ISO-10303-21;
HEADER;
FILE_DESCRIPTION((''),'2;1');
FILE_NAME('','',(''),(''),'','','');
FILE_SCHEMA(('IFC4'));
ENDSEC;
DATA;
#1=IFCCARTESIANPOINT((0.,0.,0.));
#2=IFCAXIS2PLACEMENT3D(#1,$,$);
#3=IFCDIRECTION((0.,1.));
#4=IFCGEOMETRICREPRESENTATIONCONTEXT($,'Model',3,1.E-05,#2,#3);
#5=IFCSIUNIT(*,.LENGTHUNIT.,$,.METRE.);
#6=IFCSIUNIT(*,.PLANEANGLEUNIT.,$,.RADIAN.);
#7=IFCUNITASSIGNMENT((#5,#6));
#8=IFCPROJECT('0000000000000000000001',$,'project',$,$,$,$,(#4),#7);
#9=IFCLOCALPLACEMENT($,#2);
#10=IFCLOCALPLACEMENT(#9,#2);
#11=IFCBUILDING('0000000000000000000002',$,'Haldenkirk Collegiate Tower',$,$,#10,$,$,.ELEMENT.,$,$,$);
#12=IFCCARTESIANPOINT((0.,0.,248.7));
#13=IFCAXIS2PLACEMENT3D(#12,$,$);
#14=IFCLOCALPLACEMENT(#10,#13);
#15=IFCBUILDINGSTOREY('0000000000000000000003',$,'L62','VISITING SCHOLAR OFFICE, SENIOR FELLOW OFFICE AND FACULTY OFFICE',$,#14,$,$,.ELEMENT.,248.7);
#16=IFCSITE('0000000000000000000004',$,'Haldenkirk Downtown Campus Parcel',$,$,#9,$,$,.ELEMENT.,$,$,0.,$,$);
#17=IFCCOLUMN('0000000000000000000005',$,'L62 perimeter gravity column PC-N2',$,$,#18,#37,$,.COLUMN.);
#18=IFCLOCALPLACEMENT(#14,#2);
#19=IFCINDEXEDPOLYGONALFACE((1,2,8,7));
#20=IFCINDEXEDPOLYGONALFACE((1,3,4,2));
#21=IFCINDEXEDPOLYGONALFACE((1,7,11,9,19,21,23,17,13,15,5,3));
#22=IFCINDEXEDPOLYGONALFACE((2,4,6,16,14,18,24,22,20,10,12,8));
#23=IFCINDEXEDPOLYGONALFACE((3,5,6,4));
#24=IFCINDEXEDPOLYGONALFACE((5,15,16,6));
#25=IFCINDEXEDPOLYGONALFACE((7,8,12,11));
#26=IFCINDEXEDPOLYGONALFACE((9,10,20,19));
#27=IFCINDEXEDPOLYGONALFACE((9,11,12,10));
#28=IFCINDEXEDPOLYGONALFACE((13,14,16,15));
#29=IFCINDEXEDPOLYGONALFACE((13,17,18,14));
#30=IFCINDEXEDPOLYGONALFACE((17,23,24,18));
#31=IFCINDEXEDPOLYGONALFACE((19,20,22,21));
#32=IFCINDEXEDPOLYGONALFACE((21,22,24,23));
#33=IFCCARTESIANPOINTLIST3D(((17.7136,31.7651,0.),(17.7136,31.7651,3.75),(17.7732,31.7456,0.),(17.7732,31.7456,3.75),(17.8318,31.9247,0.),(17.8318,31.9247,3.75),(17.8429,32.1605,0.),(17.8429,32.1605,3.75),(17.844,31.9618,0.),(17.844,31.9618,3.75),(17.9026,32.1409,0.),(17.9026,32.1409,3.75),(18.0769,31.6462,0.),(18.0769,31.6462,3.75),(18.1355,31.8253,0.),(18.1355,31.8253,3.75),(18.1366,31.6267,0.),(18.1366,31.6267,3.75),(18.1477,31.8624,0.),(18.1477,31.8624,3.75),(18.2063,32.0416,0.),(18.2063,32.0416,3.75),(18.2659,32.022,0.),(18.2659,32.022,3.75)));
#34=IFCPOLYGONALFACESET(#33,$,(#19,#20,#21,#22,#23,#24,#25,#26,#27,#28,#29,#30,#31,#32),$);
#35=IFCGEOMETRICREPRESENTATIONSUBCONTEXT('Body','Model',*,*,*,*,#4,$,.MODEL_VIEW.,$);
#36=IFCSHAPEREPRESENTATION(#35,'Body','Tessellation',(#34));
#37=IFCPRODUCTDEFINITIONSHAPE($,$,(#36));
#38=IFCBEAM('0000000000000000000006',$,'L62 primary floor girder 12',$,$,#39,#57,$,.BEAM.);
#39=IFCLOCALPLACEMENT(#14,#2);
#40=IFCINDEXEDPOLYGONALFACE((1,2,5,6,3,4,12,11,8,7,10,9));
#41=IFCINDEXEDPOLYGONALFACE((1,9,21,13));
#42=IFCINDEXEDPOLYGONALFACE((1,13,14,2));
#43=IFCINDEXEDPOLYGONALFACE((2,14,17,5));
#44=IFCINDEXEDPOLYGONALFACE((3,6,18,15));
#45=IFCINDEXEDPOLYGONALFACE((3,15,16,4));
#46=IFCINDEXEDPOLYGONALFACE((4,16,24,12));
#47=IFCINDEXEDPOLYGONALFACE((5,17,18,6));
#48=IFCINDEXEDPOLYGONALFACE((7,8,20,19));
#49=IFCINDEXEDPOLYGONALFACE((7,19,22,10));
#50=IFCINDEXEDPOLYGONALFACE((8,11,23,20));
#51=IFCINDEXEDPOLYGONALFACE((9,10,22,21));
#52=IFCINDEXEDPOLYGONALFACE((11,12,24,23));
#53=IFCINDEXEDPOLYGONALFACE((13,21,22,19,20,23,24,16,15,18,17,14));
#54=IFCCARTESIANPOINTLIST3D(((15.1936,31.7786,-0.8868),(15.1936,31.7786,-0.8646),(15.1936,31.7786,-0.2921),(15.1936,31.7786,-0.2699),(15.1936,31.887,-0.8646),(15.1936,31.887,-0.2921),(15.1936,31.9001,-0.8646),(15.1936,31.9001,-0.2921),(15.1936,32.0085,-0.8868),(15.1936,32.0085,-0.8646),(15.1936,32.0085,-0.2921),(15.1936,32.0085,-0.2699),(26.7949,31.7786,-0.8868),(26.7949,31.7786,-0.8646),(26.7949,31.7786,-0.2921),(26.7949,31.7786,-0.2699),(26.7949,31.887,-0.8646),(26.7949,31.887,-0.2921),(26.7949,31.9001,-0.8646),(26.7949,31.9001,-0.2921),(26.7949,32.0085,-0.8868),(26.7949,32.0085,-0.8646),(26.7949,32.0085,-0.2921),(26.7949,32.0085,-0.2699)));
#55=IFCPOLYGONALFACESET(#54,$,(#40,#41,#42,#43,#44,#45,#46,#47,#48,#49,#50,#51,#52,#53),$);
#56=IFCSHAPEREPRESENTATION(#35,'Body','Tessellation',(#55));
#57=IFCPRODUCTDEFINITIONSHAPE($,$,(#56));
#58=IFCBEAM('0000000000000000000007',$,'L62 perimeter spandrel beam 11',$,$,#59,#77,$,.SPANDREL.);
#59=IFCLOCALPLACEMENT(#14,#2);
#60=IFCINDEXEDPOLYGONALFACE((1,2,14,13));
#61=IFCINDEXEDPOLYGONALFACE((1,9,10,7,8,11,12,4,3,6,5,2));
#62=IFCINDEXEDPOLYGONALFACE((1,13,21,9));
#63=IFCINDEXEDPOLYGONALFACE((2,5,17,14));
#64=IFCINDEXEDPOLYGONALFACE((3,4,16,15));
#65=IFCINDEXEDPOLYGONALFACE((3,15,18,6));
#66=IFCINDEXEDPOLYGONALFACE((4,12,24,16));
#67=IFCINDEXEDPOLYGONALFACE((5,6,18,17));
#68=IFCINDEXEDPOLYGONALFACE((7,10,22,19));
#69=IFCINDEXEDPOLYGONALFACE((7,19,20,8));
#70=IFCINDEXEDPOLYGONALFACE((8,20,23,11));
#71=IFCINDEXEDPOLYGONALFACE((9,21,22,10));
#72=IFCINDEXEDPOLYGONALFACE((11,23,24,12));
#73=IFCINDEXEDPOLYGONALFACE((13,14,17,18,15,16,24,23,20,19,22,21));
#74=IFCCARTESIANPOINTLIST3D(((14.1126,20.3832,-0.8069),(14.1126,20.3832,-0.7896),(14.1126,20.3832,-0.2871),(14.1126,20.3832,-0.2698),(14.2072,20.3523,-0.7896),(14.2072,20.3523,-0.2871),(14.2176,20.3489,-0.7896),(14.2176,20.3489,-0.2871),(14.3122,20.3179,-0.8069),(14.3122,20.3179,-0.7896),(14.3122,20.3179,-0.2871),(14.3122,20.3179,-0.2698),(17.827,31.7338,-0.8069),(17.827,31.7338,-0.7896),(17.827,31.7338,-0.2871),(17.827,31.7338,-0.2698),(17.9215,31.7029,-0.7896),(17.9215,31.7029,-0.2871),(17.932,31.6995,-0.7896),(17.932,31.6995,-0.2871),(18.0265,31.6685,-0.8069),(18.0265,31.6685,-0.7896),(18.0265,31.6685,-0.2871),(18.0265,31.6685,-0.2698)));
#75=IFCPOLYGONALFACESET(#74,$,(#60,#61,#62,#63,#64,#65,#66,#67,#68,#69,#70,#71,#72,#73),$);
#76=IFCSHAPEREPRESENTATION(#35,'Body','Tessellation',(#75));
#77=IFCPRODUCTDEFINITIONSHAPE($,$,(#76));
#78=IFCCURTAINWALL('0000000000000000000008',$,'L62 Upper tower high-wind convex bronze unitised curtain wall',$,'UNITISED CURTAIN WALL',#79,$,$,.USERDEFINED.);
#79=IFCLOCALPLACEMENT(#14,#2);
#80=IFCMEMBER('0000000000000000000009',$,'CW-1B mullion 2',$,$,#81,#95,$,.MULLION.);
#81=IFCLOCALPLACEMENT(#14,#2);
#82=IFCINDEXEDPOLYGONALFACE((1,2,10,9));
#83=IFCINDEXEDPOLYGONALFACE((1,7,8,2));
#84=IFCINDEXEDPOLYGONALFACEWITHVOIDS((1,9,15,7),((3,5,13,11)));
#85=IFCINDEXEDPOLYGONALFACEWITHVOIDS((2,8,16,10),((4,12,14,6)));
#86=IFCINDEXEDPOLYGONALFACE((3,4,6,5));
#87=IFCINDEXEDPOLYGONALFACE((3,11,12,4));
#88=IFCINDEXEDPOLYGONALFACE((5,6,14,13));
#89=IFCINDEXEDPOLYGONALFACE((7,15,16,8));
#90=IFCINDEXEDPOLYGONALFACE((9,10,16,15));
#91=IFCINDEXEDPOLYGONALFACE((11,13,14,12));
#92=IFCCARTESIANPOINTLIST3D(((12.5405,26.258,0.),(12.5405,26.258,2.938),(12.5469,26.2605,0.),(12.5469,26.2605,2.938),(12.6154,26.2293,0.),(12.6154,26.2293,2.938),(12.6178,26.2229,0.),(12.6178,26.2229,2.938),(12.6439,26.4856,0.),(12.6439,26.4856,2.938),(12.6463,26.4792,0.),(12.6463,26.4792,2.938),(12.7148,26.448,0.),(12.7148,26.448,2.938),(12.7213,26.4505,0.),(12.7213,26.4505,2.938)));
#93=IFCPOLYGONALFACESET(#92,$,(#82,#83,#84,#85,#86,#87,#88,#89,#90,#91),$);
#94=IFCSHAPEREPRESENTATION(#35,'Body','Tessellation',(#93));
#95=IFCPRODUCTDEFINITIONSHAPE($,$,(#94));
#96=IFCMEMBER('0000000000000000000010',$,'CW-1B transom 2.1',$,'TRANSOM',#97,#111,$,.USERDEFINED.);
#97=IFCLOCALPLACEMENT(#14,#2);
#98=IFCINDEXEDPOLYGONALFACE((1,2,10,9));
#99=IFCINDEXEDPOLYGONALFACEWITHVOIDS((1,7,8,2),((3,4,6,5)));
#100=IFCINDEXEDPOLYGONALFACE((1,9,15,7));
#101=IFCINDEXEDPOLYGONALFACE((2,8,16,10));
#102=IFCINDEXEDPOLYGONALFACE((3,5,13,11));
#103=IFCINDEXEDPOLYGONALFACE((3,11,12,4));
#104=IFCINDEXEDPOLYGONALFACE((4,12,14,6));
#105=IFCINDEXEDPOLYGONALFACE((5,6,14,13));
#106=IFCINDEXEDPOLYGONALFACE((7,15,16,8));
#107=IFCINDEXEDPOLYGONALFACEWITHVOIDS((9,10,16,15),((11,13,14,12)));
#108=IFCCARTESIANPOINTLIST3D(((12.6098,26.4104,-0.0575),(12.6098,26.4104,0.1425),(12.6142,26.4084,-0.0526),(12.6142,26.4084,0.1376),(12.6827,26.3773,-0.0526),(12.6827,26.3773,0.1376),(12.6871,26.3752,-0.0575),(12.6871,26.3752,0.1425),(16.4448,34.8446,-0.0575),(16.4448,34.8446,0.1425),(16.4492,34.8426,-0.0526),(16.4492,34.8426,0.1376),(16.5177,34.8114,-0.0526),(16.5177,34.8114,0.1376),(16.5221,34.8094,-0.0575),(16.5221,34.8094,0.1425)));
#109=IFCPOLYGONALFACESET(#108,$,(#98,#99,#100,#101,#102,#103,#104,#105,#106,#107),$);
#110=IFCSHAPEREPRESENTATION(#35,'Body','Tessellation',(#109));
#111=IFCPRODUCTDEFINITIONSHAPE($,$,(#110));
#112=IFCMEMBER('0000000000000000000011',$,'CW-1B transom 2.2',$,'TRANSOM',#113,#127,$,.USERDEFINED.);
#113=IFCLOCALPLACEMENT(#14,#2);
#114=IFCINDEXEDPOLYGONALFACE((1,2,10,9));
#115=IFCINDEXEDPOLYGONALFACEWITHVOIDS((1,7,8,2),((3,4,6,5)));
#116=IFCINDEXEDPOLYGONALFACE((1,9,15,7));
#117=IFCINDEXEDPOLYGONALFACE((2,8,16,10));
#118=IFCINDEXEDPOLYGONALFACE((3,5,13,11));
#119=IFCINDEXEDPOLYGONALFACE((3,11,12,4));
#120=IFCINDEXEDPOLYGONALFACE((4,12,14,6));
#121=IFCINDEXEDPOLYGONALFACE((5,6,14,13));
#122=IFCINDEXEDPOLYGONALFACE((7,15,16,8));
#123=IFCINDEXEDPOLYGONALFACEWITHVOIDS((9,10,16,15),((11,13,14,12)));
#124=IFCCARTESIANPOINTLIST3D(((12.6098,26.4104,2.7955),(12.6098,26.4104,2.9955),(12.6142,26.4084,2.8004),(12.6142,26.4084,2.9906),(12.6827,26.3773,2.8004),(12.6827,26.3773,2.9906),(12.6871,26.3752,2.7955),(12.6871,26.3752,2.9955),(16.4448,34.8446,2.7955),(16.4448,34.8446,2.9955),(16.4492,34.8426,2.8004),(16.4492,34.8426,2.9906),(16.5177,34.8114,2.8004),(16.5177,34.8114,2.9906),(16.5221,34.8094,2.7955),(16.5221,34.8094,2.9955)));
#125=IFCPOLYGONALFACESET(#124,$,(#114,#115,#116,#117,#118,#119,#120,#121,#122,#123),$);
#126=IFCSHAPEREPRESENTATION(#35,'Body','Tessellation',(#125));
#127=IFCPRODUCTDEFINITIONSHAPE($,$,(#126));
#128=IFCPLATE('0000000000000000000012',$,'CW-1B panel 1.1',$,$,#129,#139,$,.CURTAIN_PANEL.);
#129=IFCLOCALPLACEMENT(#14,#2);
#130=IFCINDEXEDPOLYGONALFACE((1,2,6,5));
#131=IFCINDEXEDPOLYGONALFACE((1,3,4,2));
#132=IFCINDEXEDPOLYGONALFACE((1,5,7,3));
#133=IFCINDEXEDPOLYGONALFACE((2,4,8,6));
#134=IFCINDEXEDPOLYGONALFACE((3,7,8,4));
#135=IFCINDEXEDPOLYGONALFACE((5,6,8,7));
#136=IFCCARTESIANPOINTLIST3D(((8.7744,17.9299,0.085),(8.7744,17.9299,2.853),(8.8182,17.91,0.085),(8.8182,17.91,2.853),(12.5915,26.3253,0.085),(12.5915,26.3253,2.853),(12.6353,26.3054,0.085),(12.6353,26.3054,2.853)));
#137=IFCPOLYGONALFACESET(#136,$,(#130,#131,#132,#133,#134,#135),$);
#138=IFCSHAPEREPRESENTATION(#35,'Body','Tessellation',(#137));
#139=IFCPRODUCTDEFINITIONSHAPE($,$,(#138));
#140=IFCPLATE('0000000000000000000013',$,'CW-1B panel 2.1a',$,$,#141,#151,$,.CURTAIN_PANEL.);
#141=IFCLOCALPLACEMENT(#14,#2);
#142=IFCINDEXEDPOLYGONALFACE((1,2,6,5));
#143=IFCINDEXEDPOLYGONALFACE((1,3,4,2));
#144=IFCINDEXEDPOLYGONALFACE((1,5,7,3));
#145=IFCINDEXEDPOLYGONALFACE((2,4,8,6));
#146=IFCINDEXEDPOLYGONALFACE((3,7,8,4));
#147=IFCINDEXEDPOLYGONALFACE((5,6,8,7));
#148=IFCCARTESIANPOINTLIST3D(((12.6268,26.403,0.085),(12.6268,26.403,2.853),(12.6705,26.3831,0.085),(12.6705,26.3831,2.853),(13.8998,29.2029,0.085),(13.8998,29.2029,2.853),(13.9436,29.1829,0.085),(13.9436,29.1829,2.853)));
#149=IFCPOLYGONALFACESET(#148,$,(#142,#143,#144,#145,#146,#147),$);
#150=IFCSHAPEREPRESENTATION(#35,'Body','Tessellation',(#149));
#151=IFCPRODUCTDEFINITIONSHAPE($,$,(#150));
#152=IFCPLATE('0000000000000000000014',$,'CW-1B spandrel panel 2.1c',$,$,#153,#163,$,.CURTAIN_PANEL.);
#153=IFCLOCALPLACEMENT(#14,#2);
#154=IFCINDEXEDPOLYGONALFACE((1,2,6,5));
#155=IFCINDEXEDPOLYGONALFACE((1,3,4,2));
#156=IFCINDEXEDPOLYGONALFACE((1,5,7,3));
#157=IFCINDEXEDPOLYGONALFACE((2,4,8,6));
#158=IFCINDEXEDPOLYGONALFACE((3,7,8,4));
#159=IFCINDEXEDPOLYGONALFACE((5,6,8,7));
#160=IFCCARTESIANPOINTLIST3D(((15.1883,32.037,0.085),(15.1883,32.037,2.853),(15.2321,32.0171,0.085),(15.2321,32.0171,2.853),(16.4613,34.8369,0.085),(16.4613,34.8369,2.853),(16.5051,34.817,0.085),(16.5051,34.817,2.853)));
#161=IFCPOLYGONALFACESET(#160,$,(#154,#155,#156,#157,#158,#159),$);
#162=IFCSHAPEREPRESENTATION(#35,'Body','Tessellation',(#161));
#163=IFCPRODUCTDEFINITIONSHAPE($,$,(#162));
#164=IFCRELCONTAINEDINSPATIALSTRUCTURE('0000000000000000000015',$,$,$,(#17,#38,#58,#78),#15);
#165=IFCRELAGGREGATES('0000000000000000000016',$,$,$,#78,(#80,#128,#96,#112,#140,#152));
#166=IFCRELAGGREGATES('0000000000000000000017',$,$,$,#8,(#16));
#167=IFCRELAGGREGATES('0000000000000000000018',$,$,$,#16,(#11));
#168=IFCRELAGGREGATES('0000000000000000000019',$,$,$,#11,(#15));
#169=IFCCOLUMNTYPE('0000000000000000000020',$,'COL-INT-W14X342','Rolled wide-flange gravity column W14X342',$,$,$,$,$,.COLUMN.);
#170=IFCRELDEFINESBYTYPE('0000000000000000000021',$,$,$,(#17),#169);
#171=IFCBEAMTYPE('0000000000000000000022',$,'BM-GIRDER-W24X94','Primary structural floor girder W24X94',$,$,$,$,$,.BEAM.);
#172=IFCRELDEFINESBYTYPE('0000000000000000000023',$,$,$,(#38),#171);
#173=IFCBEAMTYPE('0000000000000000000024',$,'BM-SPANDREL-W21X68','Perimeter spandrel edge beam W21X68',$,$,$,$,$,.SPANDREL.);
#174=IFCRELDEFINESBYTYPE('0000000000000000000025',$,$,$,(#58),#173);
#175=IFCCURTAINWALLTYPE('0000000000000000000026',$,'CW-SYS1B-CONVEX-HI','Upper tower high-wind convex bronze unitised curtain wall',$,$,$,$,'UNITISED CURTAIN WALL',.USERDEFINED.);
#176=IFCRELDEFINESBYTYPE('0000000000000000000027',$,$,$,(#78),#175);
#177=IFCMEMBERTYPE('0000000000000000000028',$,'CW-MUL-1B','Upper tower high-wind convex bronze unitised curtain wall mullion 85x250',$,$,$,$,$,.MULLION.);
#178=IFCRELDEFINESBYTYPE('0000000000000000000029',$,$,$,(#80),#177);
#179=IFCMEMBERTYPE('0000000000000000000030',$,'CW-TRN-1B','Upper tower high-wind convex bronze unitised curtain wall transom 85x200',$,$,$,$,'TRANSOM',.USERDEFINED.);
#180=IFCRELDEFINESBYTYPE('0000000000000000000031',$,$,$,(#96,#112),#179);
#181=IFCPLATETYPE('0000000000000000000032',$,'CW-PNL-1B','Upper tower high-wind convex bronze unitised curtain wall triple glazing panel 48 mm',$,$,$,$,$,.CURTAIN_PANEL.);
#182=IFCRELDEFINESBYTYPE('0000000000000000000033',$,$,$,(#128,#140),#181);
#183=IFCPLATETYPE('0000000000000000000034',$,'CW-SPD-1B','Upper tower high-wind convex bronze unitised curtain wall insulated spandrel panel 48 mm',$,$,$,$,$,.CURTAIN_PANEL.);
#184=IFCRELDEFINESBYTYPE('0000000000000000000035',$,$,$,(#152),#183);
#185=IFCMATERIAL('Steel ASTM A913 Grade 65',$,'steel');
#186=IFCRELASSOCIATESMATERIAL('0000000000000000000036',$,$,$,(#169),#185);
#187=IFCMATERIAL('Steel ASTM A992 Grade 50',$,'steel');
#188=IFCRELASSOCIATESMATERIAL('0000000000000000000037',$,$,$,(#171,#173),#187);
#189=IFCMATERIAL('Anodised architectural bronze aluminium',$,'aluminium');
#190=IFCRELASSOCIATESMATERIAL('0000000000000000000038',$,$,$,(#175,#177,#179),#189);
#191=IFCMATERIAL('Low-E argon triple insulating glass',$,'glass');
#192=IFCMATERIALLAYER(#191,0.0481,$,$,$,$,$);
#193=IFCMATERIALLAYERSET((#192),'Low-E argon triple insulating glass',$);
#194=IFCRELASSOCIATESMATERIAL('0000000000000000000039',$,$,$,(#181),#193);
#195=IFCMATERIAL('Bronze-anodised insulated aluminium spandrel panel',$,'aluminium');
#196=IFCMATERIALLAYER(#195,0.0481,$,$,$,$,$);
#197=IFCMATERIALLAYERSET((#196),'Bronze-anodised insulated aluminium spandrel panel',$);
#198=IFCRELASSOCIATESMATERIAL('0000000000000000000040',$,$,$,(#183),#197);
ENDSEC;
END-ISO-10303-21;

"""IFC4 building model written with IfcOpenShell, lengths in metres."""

from ifc_helpers import new_model, si_unit, direction, frame, origin, origin_2d, place, context, subcontext, project, spatial, rectangle, hollow_rectangle, i_section, extrude, source, transform, mapped, material, layer, layer_set, material_profile, profile_set, type_object, element, aggregate, save


model = new_model("IFC4")

# Units and contexts
model_context = context("Model", 3, precision=1e-05, world=origin(), true_north=direction((0.0, 1.0)))
body_context = subcontext(model_context, "Body", "Model", "MODEL_VIEW")
ifc_project = project(units=[si_unit("LENGTHUNIT", "METRE"), si_unit("PLANEANGLEUNIT", "RADIAN")], contexts=[model_context])

# Site, building, storey
site_placement = place(None, origin())
site = spatial("IfcSite", under=ifc_project, at=site_placement, Name="Haldenkirk Downtown Campus Parcel", CompositionType="ELEMENT", RefElevation=0.0)
building_placement = place(site_placement, origin())
building = spatial("IfcBuilding", under=site, at=building_placement, Name="Haldenkirk Collegiate Tower", CompositionType="ELEMENT")
storey_placement = place(building_placement, frame((0.0, 0.0, 248.7)))
storey = spatial("IfcBuildingStorey", under=building, at=storey_placement, Name="L62", Description="VISITING SCHOLAR OFFICE, SENIOR FELLOW OFFICE AND FACULTY OFFICE", CompositionType="ELEMENT", Elevation=248.7)

# Column
ifc_material_1 = material(Name="Steel ASTM A913 Grade 65", Category="steel")
ifc_material_profile_1 = material_profile(ifc_material_1, i_section(OverallWidth=0.416, OverallDepth=0.4451, WebThickness=0.0391, FlangeThickness=0.0627, at=origin_2d()), Name="W14X342")
ifc_profile_set_1 = profile_set([ifc_material_profile_1], Name="Steel ASTM A913 Grade 65")
column_type = type_object("IfcColumnType", Name="COL-INT-W14X342", Description="Rolled wide-flange gravity column W14X342", PredefinedType="COLUMN", material=ifc_profile_set_1)
column_placement = place(storey_placement, frame((17.9897, 31.8936, 0.0), z_axis=(0.0, 0.0, 1.0), x_axis=(0.311008, 0.950407, 0.0)))
element("IfcColumn", 1, at=column_placement, inside=storey, type_object=column_type, Name="L62 perimeter gravity column PC-N2", PredefinedType="COLUMN", context=body_context, shape_type="SweptSolid", body=[
    extrude(i_section(OverallWidth=0.416, OverallDepth=0.4451, WebThickness=0.0391, FlangeThickness=0.0627, at=origin_2d()), origin(), (0.0, 0.0, 1.0), 3.75),
])

# Beams
ifc_material_2 = material(Name="Steel ASTM A992 Grade 50", Category="steel")
ifc_material_profile_2 = material_profile(ifc_material_2, i_section(OverallWidth=0.23, OverallDepth=0.6169, WebThickness=0.0132, FlangeThickness=0.0222, at=origin_2d()), Name="W24X94")
ifc_profile_set_2 = profile_set([ifc_material_profile_2], Name="Steel ASTM A992 Grade 50")
beam_type_1 = type_object("IfcBeamType", Name="BM-GIRDER-W24X94", Description="Primary structural floor girder W24X94", PredefinedType="BEAM", material=ifc_profile_set_2)
beam_1_placement = place(storey_placement, frame((15.1936, 31.8936, -0.5784), z_axis=(1.0, 0.0, 0.0), x_axis=(0.0, 1.0, 0.0)))
element("IfcBeam", 2, at=beam_1_placement, inside=storey, type_object=beam_type_1, Name="L62 primary floor girder 12", PredefinedType="BEAM", context=body_context, shape_type="SweptSolid", body=[
    extrude(i_section(OverallWidth=0.23, OverallDepth=0.6169, WebThickness=0.0132, FlangeThickness=0.0222, at=origin_2d()), origin(), (0.0, 0.0, 1.0), 11.6013),
])
ifc_material_profile_3 = material_profile(ifc_material_2, i_section(OverallWidth=0.21, OverallDepth=0.5371, WebThickness=0.011, FlangeThickness=0.0173, at=origin_2d()), Name="W21X68")
ifc_profile_set_3 = profile_set([ifc_material_profile_3], Name="Steel ASTM A992 Grade 50")
beam_type_2 = type_object("IfcBeamType", Name="BM-SPANDREL-W21X68", Description="Perimeter spandrel edge beam W21X68", PredefinedType="SPANDREL", material=ifc_profile_set_3)
beam_2_placement = place(storey_placement, frame((17.9268, 31.7012, -0.5383), z_axis=(-0.31101, -0.950407, 0.0), x_axis=(0.950407, -0.31101, 0.0)))
element("IfcBeam", 3, at=beam_2_placement, inside=storey, type_object=beam_type_2, Name="L62 perimeter spandrel beam 11", PredefinedType="SPANDREL", context=body_context, shape_type="SweptSolid", body=[
    extrude(i_section(OverallWidth=0.21, OverallDepth=0.5371, WebThickness=0.011, FlangeThickness=0.0173, at=origin_2d()), origin(), (0.0, 0.0, 1.0), 11.9429),
])

# Curtain wall, members, plates
ifc_material_3 = material(Name="Anodised architectural bronze aluminium", Category="aluminium")
curtain_wall_type = type_object("IfcCurtainWallType", Name="CW-SYS1B-CONVEX-HI", Description="Upper tower high-wind convex bronze unitised curtain wall", ElementType="UNITISED CURTAIN WALL", PredefinedType="USERDEFINED", material=ifc_material_3)
curtain_wall_placement = place(storey_placement, origin())
curtain_wall = element("IfcCurtainWall", 4, at=curtain_wall_placement, inside=storey, type_object=curtain_wall_type, Name="L62 Upper tower high-wind convex bronze unitised curtain wall", ObjectType="UNITISED CURTAIN WALL", PredefinedType="USERDEFINED")
ifc_material_profile_4 = material_profile(ifc_material_3, hollow_rectangle(XDim=0.085, YDim=0.25, WallThickness=0.0049, at=origin_2d()), Name="CW-MUL-1B")
ifc_profile_set_4 = profile_set([ifc_material_profile_4], Name="Anodised architectural bronze aluminium")
member_type_1 = type_object("IfcMemberType", Name="CW-MUL-1B", Description="Upper tower high-wind convex bronze unitised curtain wall mullion 85x250", PredefinedType="MULLION", material=ifc_profile_set_4)
member_1_placement = place(storey_placement, frame((12.6309, 26.3542, 0.0), z_axis=(0.0, 0.0, 1.0), x_axis=(-0.910323, 0.413899, 0.0)))
member_1 = element("IfcMember", 5, at=member_1_placement, type_object=member_type_1, Name="CW-1B mullion 2", PredefinedType="MULLION", context=body_context, shape_type="SweptSolid", body=[
    extrude(hollow_rectangle(XDim=0.085, YDim=0.25, WallThickness=0.0049, at=origin_2d()), origin(), (0.0, 0.0, 1.0), 2.938),
])
ifc_material_profile_5 = material_profile(ifc_material_3, hollow_rectangle(XDim=0.085, YDim=0.2, WallThickness=0.0049, at=origin_2d()), Name="CW-TRN-1B")
ifc_profile_set_5 = profile_set([ifc_material_profile_5], Name="Anodised architectural bronze aluminium")
member_type_2 = type_object("IfcMemberType", Name="CW-TRN-1B", Description="Upper tower high-wind convex bronze unitised curtain wall transom 85x200", ElementType="TRANSOM", PredefinedType="USERDEFINED", material=ifc_profile_set_5)
member_2_placement = place(storey_placement, frame((12.6484, 26.3928, 0.0425), z_axis=(0.413918, 0.910314, 0.0), x_axis=(-0.910314, 0.413918, 0.0)))
member_2 = element("IfcMember", 6, at=member_2_placement, type_object=member_type_2, Name="CW-1B transom 2.1", ObjectType="TRANSOM", PredefinedType="USERDEFINED", context=body_context, shape_type="SweptSolid", body=[
    extrude(hollow_rectangle(XDim=0.085, YDim=0.2, WallThickness=0.0049, at=origin_2d()), origin(), (0.0, 0.0, 1.0), 9.2651),
])
member_3_placement = place(storey_placement, frame((12.6484, 26.3928, 2.8955), z_axis=(0.413918, 0.910314, 0.0), x_axis=(-0.910314, 0.413918, 0.0)))
member_3 = element("IfcMember", 7, at=member_3_placement, type_object=member_type_2, Name="CW-1B transom 2.2", ObjectType="TRANSOM", PredefinedType="USERDEFINED", context=body_context, shape_type="SweptSolid", body=[
    extrude(hollow_rectangle(XDim=0.085, YDim=0.2, WallThickness=0.0049, at=origin_2d()), origin(), (0.0, 0.0, 1.0), 9.2651),
])
ifc_material_4 = material(Name="Low-E argon triple insulating glass", Category="glass")
ifc_layer_1 = layer(ifc_material_4, 0.0481)
ifc_layer_set_1 = layer_set([ifc_layer_1], Name="Low-E argon triple insulating glass")
plate_type_1 = type_object("IfcPlateType", Name="CW-PNL-1B", Description="Upper tower high-wind convex bronze unitised curtain wall triple glazing panel 48 mm", PredefinedType="CURTAIN_PANEL", material=ifc_layer_set_1)
shared_shape_1 = source(origin(), body_context, "Body", "SweptSolid", [
    extrude(rectangle(XDim=9.2224, YDim=0.0481, at=origin_2d()), origin(), (0.0, 0.0, 1.0), 2.7681),
])
plate_1_placement = place(storey_placement, frame((10.7048, 22.1177, 0.085), z_axis=(0.0, 0.0, 1.0), x_axis=(0.413899, 0.910323, 0.0)))
plate_1 = element("IfcPlate", 8, at=plate_1_placement, type_object=plate_type_1, Name="CW-1B panel 1.1", PredefinedType="CURTAIN_PANEL", context=body_context, shape_type="MappedRepresentation", body=[
    mapped(shared_shape_1, transform((0.0, 0.0, 0.0), x_axis=(1.0, 0.0, 0.0), y_axis=(0.0, 1.0, 0.0), z_axis=(0.0, 0.0, 1.0), scale=1.0)),
])
shared_shape_2 = source(origin(), body_context, "Body", "SweptSolid", [
    extrude(rectangle(XDim=3.0757, YDim=0.0481, at=origin_2d()), origin(), (0.0, 0.0, 1.0), 2.7681),
])
plate_2_placement = place(storey_placement, frame((13.2852, 27.793, 0.085), z_axis=(0.0, 0.0, 1.0), x_axis=(0.413899, 0.910323, 0.0)))
plate_2 = element("IfcPlate", 9, at=plate_2_placement, type_object=plate_type_1, Name="CW-1B panel 2.1a", PredefinedType="CURTAIN_PANEL", context=body_context, shape_type="MappedRepresentation", body=[
    mapped(shared_shape_2, transform((0.0, 0.0, 0.0), x_axis=(1.0, 0.0, 0.0), y_axis=(0.0, 1.0, 0.0), z_axis=(0.0, 0.0, 1.0), scale=1.0)),
])
ifc_material_5 = material(Name="Bronze-anodised insulated aluminium spandrel panel", Category="aluminium")
ifc_layer_2 = layer(ifc_material_5, 0.0481)
ifc_layer_set_2 = layer_set([ifc_layer_2], Name="Bronze-anodised insulated aluminium spandrel panel")
plate_type_2 = type_object("IfcPlateType", Name="CW-SPD-1B", Description="Upper tower high-wind convex bronze unitised curtain wall insulated spandrel panel 48 mm", PredefinedType="CURTAIN_PANEL", material=ifc_layer_set_2)
plate_3_placement = place(storey_placement, frame((15.8467, 33.427, 0.085), z_axis=(0.0, 0.0, 1.0), x_axis=(0.413899, 0.910323, 0.0)))
plate_3 = element("IfcPlate", 10, at=plate_3_placement, type_object=plate_type_2, Name="CW-1B spandrel panel 2.1c", PredefinedType="CURTAIN_PANEL", context=body_context, shape_type="MappedRepresentation", body=[
    mapped(shared_shape_2, transform((0.0, 0.0, 0.0), x_axis=(1.0, 0.0, 0.0), y_axis=(0.0, 1.0, 0.0), z_axis=(0.0, 0.0, 1.0), scale=1.0)),
])
aggregate(curtain_wall, [member_1, plate_1, member_2, member_3, plate_2, plate_3])

save(model, "model.ifc")
